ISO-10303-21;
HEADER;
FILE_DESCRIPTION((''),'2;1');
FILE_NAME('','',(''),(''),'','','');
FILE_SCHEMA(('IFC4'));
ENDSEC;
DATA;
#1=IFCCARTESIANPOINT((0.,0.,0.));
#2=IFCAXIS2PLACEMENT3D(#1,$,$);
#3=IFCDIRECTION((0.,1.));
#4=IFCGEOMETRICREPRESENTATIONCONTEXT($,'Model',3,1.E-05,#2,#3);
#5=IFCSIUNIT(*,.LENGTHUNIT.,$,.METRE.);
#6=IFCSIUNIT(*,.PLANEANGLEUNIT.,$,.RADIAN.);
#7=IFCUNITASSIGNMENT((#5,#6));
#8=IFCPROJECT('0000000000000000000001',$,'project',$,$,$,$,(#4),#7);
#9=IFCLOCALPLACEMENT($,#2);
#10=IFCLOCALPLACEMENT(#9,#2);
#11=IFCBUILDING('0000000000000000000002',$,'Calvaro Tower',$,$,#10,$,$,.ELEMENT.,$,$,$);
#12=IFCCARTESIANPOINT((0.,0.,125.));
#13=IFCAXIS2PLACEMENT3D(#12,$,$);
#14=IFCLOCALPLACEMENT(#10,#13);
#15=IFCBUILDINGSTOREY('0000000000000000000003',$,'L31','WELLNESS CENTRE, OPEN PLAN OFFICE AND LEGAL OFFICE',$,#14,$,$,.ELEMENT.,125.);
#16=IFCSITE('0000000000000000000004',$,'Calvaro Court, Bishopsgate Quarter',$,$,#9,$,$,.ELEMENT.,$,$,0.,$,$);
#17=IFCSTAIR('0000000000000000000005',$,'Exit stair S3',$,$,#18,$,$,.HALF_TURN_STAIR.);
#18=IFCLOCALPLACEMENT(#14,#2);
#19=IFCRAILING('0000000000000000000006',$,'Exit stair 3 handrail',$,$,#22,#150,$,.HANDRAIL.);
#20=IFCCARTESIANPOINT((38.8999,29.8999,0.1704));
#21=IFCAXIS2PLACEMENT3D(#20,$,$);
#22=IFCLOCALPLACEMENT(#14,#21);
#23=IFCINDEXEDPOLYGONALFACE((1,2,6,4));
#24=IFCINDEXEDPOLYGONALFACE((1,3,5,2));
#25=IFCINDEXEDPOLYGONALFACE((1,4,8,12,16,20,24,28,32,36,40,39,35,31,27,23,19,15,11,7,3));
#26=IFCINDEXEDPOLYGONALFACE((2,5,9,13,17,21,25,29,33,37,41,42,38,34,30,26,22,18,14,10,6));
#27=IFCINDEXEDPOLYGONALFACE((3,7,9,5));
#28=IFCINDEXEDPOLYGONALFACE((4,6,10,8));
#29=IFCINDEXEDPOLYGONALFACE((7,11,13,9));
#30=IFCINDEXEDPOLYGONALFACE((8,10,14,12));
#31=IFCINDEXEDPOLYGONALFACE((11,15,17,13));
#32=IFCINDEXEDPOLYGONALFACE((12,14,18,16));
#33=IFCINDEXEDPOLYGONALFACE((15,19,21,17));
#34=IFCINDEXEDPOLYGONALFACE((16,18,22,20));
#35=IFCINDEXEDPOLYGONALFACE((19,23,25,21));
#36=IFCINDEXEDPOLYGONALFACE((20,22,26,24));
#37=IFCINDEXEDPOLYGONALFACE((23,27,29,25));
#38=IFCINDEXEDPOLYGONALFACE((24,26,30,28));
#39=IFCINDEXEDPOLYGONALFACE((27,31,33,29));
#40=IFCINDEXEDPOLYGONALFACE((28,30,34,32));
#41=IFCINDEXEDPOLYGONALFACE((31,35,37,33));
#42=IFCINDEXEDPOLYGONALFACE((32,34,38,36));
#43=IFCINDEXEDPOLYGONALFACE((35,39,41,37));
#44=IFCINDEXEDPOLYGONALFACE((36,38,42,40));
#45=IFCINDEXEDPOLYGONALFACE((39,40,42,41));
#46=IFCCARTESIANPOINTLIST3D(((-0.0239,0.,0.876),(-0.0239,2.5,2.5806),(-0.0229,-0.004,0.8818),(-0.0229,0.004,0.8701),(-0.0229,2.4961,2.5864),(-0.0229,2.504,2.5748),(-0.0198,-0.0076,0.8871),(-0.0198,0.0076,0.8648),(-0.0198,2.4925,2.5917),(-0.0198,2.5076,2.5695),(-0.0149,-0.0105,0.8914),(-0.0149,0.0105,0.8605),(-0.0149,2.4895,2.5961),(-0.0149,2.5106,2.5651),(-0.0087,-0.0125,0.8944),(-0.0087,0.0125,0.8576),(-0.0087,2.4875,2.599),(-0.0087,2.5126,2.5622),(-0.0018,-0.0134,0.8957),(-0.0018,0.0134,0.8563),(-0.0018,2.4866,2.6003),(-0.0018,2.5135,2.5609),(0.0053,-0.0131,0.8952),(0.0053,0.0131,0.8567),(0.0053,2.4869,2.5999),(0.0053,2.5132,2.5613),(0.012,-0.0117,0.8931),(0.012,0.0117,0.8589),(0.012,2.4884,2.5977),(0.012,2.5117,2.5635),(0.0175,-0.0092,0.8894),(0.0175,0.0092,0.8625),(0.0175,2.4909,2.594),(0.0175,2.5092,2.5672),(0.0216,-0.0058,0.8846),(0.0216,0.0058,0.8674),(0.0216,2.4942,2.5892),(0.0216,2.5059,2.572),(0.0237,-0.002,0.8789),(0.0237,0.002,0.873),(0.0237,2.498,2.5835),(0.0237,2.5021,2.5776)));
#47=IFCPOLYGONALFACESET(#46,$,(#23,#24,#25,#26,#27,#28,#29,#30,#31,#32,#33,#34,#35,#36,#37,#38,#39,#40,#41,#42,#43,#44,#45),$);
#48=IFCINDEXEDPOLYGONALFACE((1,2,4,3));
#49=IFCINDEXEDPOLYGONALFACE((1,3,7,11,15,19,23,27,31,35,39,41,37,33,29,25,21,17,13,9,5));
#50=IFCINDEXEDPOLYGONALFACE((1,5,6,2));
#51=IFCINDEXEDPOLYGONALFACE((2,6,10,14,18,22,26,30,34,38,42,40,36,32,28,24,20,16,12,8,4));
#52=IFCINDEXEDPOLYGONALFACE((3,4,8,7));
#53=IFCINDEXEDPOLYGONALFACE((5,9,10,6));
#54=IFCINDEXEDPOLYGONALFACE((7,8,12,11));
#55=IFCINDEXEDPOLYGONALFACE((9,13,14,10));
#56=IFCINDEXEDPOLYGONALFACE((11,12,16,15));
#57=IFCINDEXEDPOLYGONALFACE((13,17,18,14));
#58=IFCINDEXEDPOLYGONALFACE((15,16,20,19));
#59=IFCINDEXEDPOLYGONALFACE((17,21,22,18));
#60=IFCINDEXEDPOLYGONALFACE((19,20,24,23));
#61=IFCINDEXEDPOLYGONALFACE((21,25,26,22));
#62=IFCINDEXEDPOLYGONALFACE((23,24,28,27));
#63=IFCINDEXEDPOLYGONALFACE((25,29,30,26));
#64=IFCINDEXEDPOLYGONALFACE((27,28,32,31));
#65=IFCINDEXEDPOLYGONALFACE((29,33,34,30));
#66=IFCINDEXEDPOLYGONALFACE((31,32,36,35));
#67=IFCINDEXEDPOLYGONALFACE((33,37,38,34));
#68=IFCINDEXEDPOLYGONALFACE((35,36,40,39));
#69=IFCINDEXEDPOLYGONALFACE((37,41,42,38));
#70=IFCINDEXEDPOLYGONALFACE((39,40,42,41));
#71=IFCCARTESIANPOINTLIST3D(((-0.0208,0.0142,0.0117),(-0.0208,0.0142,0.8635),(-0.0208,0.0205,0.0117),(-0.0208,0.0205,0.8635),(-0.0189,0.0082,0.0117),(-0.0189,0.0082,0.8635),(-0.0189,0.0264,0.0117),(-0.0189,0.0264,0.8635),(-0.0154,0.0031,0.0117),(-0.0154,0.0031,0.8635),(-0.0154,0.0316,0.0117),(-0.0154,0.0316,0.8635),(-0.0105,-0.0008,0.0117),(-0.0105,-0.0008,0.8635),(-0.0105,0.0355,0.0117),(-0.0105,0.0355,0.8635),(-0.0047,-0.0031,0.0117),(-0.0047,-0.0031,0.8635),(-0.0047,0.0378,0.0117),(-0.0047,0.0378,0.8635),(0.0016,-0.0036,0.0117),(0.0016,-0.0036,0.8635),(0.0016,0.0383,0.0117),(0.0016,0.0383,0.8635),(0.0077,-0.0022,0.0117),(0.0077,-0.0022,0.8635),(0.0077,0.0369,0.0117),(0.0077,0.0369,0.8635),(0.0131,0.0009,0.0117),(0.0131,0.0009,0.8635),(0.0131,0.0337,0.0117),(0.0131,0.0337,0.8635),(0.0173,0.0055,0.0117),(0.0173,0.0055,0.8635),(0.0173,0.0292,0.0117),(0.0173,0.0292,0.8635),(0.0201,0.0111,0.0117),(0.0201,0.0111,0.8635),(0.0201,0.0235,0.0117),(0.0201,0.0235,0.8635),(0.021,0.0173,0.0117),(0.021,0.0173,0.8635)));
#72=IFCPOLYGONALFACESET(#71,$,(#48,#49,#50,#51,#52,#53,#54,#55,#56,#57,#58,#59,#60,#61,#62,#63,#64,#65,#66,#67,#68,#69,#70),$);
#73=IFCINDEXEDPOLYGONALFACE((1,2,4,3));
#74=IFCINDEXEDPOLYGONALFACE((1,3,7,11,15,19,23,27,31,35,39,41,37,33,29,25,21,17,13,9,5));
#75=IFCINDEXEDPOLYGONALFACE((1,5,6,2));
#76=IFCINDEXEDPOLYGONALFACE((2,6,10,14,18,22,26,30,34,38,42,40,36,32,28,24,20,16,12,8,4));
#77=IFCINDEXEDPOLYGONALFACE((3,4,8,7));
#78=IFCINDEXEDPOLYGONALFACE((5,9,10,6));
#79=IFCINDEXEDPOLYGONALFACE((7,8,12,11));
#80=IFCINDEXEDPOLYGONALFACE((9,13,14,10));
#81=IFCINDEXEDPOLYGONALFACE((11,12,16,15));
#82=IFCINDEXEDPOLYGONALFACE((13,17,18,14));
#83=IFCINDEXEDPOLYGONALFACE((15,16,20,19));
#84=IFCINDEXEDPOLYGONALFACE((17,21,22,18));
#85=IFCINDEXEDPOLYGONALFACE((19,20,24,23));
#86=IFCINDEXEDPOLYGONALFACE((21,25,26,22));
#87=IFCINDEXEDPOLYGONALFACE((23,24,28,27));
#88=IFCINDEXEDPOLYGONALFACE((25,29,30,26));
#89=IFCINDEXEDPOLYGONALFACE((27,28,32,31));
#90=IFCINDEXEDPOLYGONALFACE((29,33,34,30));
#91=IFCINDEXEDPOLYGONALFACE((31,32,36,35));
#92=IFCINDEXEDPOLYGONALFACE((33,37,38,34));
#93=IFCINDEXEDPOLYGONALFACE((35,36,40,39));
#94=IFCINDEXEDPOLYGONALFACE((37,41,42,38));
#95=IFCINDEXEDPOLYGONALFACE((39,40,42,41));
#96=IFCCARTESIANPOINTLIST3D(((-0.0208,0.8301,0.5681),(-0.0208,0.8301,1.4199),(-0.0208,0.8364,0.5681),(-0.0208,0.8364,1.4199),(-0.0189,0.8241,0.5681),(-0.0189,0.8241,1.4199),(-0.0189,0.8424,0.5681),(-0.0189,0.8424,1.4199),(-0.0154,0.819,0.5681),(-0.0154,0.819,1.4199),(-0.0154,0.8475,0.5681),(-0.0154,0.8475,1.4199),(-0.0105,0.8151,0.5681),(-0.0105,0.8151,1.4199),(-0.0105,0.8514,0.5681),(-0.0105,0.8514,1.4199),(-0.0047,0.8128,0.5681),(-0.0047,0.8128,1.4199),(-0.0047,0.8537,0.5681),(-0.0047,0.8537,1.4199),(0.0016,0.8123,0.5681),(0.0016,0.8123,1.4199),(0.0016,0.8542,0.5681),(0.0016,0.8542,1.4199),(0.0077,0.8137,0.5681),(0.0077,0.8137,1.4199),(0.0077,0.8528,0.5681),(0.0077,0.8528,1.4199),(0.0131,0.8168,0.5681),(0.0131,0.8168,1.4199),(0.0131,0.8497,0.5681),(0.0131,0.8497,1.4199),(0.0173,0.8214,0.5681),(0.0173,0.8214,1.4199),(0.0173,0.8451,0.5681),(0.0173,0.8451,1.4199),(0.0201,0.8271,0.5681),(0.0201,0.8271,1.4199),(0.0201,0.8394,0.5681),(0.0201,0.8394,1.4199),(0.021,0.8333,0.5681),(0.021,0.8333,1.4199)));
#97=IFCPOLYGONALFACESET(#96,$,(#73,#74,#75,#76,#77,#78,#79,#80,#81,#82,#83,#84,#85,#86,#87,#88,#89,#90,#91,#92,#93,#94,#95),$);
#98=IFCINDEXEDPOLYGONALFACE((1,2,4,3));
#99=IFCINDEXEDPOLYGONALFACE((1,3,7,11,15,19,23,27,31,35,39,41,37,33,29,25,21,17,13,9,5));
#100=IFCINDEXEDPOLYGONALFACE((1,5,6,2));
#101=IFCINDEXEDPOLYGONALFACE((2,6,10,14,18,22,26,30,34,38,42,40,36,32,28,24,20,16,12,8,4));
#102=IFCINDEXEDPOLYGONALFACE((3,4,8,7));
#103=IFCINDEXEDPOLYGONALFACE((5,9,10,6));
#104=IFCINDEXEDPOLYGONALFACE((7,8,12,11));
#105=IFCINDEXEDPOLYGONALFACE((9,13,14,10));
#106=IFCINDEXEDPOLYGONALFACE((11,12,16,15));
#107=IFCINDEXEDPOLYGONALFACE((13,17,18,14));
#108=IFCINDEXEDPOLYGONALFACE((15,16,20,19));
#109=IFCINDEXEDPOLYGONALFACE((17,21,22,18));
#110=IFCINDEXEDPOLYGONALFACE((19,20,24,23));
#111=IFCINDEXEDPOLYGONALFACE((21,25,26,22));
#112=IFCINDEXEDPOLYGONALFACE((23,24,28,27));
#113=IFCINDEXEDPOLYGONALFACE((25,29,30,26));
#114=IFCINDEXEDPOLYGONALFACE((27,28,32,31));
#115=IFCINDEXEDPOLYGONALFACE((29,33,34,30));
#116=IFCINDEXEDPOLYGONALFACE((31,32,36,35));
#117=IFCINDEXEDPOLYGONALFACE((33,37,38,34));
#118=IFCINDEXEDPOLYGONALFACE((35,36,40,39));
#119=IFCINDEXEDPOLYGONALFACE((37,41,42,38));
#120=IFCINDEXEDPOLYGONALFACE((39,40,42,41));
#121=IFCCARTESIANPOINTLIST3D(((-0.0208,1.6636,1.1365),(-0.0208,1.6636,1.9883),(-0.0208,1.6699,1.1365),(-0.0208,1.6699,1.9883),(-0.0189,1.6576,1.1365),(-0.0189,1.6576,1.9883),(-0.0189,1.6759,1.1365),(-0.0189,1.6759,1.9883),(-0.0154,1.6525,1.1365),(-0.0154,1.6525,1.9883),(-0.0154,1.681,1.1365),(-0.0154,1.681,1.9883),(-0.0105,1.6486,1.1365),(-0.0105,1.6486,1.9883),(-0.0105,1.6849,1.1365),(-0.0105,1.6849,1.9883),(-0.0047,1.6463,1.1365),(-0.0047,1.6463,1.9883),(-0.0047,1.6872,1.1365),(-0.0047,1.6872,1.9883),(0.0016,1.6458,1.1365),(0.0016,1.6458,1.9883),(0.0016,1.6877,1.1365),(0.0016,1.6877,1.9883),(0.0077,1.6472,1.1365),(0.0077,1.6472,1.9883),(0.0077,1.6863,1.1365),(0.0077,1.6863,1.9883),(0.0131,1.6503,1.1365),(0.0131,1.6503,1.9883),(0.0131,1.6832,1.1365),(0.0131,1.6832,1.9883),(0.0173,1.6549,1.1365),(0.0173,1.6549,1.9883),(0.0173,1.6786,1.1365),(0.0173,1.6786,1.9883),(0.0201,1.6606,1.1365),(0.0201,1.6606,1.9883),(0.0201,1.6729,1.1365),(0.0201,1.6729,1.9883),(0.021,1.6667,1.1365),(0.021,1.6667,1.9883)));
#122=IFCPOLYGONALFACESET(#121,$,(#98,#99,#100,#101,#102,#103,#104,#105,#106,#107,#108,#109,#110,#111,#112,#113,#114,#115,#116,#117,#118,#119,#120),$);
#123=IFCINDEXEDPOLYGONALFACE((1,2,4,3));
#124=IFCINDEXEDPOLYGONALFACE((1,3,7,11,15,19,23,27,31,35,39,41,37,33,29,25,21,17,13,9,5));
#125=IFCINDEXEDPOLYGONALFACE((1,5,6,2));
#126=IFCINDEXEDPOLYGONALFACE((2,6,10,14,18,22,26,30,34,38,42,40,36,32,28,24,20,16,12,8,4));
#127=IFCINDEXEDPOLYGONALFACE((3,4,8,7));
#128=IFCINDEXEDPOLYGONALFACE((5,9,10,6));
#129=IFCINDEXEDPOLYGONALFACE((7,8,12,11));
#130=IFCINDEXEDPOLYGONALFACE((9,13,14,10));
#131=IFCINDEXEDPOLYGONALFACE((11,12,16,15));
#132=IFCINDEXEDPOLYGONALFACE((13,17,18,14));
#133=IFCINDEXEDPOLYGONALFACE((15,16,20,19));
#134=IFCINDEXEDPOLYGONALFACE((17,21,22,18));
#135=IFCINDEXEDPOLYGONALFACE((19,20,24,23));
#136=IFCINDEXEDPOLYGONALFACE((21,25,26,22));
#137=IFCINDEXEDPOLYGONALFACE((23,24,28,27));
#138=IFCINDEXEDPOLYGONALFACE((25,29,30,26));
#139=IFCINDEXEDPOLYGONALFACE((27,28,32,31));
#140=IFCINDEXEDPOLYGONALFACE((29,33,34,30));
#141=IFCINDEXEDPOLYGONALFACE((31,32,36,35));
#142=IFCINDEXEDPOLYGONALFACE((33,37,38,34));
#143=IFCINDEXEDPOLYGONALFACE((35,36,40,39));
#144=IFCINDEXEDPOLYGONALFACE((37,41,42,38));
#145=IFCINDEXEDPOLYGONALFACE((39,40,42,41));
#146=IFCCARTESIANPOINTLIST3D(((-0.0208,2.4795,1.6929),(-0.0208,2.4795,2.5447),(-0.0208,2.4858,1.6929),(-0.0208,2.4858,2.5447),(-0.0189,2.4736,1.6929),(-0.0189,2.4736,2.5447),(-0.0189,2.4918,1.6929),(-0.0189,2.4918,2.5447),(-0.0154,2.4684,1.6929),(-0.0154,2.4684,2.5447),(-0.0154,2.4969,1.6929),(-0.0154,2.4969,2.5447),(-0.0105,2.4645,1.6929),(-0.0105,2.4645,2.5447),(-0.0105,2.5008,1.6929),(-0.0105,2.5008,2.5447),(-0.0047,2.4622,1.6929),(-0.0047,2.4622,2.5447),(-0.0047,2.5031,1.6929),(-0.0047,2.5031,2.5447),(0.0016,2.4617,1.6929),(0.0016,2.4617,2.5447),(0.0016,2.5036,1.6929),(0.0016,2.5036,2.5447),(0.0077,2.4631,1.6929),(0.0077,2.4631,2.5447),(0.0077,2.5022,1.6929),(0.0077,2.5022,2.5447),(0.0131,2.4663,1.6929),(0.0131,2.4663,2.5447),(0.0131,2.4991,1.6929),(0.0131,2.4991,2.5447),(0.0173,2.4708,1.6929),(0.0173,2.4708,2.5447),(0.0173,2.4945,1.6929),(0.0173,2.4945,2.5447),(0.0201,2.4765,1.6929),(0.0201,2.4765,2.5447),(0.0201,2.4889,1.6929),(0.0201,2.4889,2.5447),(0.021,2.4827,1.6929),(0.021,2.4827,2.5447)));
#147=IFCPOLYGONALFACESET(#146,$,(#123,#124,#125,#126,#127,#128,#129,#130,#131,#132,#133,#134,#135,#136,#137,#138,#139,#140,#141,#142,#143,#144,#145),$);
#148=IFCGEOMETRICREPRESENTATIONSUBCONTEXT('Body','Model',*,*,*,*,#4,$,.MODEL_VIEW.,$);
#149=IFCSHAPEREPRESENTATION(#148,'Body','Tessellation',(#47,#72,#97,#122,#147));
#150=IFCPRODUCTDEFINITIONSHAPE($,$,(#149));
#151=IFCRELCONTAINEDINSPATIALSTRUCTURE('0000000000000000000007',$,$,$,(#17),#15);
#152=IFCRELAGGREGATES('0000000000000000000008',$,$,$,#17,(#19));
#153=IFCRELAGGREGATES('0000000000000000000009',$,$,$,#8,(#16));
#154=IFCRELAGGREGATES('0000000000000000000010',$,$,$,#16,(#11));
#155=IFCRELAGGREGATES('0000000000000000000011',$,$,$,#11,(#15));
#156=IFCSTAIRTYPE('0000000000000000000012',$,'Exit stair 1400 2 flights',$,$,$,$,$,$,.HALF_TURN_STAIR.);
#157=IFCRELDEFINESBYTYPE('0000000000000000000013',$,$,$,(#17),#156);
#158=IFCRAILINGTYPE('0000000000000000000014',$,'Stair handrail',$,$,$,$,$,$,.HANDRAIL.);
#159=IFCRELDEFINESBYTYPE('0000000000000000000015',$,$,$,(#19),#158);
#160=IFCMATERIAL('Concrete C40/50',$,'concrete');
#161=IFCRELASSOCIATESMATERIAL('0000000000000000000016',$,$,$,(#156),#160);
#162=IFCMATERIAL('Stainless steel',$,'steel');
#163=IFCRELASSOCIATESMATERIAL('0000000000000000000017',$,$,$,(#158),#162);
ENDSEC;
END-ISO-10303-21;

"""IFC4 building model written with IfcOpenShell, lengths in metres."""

from ifc_helpers import new_model, si_unit, direction, frame, origin, origin_2d, place, context, subcontext, project, spatial, circle, extrude, material, type_object, element, aggregate, save


model = new_model("IFC4")

# Units and contexts
model_context = context("Model", 3, precision=1e-05, world=origin(), true_north=direction((0.0, 1.0)))
body_context = subcontext(model_context, "Body", "Model", "MODEL_VIEW")
ifc_project = project(units=[si_unit("LENGTHUNIT", "METRE"), si_unit("PLANEANGLEUNIT", "RADIAN")], contexts=[model_context])

# Site, building, storey
site_placement = place(None, origin())
site = spatial("IfcSite", under=ifc_project, at=site_placement, Name="Calvaro Court, Bishopsgate Quarter", CompositionType="ELEMENT", RefElevation=0.0)
building_placement = place(site_placement, origin())
building = spatial("IfcBuilding", under=site, at=building_placement, Name="Calvaro Tower", CompositionType="ELEMENT")
storey_placement = place(building_placement, frame((0.0, 0.0, 125.0)))
storey = spatial("IfcBuildingStorey", under=building, at=storey_placement, Name="L31", Description="WELLNESS CENTRE, OPEN PLAN OFFICE AND LEGAL OFFICE", CompositionType="ELEMENT", Elevation=125.0)

# Stair
ifc_material_1 = material(Name="Concrete C40/50", Category="concrete")
stair_type = type_object("IfcStairType", Name="Exit stair 1400 2 flights", PredefinedType="HALF_TURN_STAIR", material=ifc_material_1)
stair_1_placement = place(storey_placement, origin())
stair_1 = element("IfcStair", 1, at=stair_1_placement, inside=storey, type_object=stair_type, Name="Exit stair S3", PredefinedType="HALF_TURN_STAIR")

# Railing
ifc_material_2 = material(Name="Stainless steel", Category="steel")
railing_type = type_object("IfcRailingType", Name="Stair handrail", PredefinedType="HANDRAIL", material=ifc_material_2)
railing_1_placement = place(storey_placement, frame((38.8999, 29.8999, 0.1704)))
railing_1 = element("IfcRailing", 2, at=railing_1_placement, type_object=railing_type, Name="Exit stair 3 handrail", PredefinedType="HANDRAIL", context=body_context, shape_type="SweptSolid", body=[
    extrude(circle(Radius=0.0239, at=origin_2d()), frame((0.0, 0.0, 0.876), z_axis=(0.0, 0.826221, 0.563347), x_axis=(-1.0, 0.0, 0.0)), (0.0, 0.0, 1.0), 3.0259),
    extrude(circle(Radius=0.021, at=origin_2d()), frame((0.0, 0.0173, 0.0117)), (0.0, 0.0, 1.0), 0.8518),
    extrude(circle(Radius=0.021, at=origin_2d()), frame((0.0, 0.8333, 0.5681)), (0.0, 0.0, 1.0), 0.8518),
    extrude(circle(Radius=0.021, at=origin_2d()), frame((0.0, 1.6667, 1.1365)), (0.0, 0.0, 1.0), 0.8518),
    extrude(circle(Radius=0.021, at=origin_2d()), frame((0.0, 2.4827, 1.6929)), (0.0, 0.0, 1.0), 0.8518),
])
aggregate(stair_1, [railing_1])

save(model, "model.ifc")
